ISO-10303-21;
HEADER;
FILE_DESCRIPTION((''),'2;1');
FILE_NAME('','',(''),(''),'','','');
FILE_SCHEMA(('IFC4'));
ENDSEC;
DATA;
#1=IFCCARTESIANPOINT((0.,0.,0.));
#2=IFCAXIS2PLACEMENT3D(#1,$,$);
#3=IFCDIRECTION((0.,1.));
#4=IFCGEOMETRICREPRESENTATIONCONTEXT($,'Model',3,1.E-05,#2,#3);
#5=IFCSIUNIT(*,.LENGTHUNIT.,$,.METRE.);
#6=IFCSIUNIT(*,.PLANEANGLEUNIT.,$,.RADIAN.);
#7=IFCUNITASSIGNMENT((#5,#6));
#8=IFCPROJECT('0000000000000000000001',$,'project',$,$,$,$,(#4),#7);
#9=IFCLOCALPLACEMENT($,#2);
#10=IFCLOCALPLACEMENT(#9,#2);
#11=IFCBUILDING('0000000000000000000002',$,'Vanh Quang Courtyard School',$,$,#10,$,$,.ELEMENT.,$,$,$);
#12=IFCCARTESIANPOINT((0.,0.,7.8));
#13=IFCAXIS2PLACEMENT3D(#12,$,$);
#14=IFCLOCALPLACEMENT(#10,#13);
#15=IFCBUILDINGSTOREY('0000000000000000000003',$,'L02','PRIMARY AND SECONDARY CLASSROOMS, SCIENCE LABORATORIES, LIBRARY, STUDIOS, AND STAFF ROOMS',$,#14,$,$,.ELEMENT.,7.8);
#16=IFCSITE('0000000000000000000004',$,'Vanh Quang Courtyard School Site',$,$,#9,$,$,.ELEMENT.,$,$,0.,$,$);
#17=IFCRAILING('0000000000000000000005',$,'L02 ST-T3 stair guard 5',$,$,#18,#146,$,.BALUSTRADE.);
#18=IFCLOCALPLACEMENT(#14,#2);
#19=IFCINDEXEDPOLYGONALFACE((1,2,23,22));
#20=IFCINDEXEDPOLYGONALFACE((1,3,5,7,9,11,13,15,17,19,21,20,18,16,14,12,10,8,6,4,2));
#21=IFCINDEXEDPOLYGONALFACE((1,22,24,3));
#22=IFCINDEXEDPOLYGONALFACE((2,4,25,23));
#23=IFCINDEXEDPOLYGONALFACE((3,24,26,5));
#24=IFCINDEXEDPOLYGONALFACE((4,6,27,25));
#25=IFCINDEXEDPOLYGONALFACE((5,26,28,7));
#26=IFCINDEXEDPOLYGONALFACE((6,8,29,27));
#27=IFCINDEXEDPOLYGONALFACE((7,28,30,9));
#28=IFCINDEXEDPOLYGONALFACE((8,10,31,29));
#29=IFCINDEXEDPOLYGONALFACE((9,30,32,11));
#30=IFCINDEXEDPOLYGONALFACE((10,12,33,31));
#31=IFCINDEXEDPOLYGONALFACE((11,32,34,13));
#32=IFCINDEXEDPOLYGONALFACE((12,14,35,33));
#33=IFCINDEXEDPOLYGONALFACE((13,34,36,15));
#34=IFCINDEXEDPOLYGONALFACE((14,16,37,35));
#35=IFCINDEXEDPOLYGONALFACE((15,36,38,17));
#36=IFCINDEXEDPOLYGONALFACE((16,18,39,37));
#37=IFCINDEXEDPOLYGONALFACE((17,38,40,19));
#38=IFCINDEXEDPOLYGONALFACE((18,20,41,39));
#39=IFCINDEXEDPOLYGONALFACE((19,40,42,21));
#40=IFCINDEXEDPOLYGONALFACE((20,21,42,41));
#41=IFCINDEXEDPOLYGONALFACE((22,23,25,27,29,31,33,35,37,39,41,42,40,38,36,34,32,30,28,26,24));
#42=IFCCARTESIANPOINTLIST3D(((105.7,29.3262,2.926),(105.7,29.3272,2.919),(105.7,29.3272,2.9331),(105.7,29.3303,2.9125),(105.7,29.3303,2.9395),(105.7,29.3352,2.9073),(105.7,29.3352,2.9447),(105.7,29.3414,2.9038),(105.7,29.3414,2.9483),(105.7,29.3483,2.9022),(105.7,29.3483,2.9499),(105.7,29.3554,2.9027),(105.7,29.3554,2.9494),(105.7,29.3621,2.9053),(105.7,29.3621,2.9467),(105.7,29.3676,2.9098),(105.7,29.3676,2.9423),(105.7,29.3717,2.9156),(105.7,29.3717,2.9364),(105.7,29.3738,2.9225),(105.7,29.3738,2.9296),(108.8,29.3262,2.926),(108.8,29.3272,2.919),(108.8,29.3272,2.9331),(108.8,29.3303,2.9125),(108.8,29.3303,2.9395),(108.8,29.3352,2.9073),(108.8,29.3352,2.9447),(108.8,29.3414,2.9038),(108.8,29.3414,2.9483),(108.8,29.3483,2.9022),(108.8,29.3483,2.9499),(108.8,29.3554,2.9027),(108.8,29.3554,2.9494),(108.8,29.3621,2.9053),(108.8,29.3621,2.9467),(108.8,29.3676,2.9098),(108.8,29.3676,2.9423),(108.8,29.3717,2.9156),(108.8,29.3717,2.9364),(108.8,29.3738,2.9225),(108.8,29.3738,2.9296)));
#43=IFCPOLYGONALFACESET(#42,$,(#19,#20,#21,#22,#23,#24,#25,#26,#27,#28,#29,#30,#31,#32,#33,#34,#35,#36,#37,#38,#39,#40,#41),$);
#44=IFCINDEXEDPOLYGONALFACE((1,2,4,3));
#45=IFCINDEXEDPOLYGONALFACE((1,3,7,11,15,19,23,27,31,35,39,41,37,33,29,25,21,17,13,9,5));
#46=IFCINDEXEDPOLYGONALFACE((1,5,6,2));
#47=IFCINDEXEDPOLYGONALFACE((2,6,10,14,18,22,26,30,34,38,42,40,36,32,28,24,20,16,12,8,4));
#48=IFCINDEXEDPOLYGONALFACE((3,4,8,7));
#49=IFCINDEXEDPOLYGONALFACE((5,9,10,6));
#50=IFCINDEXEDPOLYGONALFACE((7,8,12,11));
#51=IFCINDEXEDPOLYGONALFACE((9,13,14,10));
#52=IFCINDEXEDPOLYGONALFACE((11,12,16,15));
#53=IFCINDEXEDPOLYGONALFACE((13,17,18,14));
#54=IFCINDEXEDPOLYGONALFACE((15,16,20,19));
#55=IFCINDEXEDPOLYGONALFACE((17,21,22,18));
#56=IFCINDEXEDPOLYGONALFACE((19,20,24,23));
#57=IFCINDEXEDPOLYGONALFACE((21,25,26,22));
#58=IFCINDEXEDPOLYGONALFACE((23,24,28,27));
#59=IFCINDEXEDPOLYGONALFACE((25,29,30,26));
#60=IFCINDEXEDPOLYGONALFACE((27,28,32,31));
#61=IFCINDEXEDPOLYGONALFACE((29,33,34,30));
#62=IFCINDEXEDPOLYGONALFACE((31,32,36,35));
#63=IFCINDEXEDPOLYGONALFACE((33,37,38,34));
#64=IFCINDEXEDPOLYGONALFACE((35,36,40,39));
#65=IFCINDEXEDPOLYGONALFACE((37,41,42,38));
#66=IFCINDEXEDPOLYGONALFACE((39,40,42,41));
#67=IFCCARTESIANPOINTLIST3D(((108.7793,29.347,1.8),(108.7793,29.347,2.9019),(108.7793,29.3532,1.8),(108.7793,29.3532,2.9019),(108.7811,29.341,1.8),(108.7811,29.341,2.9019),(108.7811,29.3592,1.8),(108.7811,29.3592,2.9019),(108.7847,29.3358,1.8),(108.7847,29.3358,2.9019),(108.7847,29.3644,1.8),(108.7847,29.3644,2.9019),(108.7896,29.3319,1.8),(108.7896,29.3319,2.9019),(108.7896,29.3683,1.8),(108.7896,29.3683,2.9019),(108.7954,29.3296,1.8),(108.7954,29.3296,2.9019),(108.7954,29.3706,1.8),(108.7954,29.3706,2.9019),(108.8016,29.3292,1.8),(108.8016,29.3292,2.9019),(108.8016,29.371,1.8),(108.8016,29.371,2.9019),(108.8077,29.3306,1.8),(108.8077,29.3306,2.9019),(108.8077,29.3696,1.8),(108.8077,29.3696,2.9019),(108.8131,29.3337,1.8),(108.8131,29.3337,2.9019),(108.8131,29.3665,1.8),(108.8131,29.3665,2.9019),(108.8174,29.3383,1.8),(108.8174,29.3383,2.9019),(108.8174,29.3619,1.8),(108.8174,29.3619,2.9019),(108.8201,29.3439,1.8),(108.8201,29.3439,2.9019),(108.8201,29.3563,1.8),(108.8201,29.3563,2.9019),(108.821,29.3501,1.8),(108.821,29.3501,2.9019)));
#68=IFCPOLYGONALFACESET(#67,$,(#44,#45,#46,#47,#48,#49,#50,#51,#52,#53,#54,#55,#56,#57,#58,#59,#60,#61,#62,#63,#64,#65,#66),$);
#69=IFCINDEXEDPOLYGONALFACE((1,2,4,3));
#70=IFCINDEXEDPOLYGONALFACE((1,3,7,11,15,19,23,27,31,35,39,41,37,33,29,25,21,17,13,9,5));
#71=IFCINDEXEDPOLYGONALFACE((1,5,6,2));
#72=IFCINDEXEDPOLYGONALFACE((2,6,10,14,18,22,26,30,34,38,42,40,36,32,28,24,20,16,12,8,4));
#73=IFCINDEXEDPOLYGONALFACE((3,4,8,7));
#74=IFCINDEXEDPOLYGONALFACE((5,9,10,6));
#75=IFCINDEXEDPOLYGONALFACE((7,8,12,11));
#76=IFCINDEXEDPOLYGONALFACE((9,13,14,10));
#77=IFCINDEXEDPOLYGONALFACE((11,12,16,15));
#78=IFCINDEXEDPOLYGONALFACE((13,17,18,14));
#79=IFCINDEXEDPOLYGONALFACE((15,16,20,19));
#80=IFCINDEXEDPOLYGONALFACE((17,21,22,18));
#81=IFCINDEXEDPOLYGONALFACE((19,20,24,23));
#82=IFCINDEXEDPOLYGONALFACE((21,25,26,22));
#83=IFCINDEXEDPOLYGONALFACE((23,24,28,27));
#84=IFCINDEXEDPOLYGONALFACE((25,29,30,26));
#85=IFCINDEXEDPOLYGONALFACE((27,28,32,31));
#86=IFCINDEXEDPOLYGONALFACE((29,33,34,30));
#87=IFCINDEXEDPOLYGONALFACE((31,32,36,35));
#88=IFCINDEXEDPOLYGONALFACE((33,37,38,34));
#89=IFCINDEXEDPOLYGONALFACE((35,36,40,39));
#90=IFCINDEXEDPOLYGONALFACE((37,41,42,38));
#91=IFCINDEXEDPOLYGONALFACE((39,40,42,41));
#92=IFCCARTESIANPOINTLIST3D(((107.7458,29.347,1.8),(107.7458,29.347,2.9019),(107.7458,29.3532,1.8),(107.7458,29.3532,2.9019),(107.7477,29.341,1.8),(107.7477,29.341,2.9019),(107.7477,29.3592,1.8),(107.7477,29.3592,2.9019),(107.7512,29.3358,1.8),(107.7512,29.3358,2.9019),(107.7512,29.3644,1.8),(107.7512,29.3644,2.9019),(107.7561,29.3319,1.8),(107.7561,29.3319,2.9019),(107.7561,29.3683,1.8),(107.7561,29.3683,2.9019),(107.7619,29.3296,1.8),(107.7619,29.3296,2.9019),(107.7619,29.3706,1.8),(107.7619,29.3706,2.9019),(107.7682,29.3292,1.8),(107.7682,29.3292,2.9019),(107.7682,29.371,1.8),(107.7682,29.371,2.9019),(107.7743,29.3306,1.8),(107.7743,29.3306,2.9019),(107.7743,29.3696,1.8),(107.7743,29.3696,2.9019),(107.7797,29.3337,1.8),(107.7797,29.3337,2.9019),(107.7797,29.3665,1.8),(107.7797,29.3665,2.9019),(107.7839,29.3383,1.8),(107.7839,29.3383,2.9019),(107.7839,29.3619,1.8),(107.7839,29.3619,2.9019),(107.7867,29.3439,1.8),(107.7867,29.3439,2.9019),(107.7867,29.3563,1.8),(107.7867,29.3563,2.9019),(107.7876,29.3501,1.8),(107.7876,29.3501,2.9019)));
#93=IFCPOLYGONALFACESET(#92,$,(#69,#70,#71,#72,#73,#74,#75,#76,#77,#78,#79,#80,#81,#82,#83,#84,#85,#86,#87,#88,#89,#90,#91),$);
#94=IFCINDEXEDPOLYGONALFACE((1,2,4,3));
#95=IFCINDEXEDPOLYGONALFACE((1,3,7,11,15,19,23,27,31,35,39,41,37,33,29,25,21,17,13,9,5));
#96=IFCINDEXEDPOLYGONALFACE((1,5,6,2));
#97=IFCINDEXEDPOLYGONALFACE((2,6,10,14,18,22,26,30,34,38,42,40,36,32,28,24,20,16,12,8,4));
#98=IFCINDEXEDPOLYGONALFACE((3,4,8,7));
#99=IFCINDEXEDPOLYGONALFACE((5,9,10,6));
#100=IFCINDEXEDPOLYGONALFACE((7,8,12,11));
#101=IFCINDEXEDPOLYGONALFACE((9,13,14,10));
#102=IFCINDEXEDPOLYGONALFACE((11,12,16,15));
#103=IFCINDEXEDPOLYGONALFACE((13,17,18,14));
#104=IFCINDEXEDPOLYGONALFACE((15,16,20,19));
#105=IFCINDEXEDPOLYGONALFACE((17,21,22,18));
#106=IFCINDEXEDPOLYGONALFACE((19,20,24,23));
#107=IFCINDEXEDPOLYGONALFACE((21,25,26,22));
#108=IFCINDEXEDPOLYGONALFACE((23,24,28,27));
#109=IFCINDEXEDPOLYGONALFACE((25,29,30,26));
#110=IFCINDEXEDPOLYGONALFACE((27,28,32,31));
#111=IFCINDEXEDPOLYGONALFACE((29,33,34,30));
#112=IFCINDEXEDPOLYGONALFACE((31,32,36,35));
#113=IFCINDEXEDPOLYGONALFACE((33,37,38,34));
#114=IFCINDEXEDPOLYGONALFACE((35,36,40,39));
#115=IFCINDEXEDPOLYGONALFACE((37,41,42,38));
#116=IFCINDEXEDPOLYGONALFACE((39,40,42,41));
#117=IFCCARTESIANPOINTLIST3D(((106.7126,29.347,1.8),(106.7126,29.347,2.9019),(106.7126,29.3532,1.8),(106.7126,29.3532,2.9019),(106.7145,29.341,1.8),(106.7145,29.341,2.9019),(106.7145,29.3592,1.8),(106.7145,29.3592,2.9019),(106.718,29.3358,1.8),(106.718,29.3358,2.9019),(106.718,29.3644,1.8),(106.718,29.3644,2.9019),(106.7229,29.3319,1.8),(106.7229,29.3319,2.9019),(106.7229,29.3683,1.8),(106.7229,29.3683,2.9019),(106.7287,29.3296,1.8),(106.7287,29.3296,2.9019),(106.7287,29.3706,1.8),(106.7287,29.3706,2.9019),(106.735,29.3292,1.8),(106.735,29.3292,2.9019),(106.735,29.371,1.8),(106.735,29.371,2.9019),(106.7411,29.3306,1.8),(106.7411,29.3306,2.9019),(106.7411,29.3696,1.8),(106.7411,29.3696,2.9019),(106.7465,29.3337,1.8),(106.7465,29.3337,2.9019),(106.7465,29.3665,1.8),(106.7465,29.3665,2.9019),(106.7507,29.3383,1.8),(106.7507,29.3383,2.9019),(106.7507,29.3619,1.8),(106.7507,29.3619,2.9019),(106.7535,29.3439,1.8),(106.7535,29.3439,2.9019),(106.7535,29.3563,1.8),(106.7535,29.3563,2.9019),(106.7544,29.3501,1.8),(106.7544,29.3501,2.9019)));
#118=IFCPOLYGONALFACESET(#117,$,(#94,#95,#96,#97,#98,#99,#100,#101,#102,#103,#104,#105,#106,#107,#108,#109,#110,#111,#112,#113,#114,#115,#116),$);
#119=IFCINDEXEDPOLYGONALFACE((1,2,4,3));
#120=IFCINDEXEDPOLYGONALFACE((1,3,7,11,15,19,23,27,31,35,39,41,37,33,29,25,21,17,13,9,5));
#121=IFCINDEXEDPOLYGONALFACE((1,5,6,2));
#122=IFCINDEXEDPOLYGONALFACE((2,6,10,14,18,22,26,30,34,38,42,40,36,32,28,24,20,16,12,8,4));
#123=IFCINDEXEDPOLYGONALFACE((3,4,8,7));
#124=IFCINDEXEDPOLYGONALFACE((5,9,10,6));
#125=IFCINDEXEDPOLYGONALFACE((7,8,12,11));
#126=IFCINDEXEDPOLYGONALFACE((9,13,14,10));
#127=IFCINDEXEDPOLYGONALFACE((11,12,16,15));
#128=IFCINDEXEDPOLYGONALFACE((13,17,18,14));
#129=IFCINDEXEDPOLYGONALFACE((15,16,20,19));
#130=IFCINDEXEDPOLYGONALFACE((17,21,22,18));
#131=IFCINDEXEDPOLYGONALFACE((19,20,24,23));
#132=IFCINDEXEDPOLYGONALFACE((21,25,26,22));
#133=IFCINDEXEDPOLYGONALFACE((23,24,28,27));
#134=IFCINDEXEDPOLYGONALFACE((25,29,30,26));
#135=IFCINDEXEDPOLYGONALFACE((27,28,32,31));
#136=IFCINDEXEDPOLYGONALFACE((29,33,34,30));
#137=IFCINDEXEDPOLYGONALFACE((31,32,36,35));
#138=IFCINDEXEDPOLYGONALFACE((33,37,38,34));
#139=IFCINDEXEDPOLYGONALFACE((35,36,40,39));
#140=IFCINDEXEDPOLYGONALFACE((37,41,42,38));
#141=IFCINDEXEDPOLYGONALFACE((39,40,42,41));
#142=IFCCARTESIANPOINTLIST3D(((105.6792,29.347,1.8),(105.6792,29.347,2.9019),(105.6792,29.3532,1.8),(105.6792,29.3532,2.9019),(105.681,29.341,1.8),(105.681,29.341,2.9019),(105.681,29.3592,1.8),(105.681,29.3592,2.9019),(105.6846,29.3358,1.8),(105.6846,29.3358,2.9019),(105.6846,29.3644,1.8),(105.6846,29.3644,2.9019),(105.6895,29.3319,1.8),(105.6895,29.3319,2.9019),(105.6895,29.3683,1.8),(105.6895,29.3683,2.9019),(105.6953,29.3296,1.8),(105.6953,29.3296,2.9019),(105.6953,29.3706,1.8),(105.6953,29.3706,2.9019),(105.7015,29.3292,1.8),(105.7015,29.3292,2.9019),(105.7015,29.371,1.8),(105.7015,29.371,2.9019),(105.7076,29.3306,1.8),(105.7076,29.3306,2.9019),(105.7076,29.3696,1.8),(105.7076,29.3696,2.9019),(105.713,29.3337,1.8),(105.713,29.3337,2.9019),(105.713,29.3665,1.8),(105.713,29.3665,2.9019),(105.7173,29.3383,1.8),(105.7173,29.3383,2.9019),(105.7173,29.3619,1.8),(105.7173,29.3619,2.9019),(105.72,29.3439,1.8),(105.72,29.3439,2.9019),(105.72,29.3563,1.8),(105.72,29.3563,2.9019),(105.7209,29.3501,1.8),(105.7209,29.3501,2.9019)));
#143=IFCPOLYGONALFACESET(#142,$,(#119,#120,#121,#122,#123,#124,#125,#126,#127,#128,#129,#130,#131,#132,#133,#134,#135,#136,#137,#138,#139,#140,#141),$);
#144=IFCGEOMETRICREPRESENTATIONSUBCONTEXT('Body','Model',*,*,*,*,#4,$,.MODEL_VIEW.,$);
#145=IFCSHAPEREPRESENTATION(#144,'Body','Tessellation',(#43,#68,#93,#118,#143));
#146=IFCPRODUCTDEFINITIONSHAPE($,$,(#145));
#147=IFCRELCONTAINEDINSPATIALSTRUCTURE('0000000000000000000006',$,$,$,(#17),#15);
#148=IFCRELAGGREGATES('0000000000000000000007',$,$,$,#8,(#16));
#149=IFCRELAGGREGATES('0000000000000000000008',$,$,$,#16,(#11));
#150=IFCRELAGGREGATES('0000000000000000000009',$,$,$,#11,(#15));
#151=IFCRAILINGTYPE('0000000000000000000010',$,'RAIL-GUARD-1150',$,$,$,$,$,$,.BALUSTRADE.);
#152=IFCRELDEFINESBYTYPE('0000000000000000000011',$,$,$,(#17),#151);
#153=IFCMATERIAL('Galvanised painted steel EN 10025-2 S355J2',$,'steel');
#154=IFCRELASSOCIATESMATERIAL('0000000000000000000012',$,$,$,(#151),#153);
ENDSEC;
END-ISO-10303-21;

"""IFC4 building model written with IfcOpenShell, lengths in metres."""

from ifc_helpers import new_model, si_unit, direction, frame, origin, origin_2d, place, context, subcontext, project, spatial, circle, extrude, material, type_object, element, save


model = new_model("IFC4")

# Units and contexts
model_context = context("Model", 3, precision=1e-05, world=origin(), true_north=direction((0.0, 1.0)))
body_context = subcontext(model_context, "Body", "Model", "MODEL_VIEW")
ifc_project = project(units=[si_unit("LENGTHUNIT", "METRE"), si_unit("PLANEANGLEUNIT", "RADIAN")], contexts=[model_context])

# Site, building, storey
site_placement = place(None, origin())
site = spatial("IfcSite", under=ifc_project, at=site_placement, Name="Vanh Quang Courtyard School Site", CompositionType="ELEMENT", RefElevation=0.0)
building_placement = place(site_placement, origin())
building = spatial("IfcBuilding", under=site, at=building_placement, Name="Vanh Quang Courtyard School", CompositionType="ELEMENT")
storey_placement = place(building_placement, frame((0.0, 0.0, 7.8)))
storey = spatial("IfcBuildingStorey", under=building, at=storey_placement, Name="L02", Description="PRIMARY AND SECONDARY CLASSROOMS, SCIENCE LABORATORIES, LIBRARY, STUDIOS, AND STAFF ROOMS", CompositionType="ELEMENT", Elevation=7.8)

# Railing
ifc_material_1 = material(Name="Galvanised painted steel EN 10025-2 S355J2", Category="steel")
railing_type = type_object("IfcRailingType", Name="RAIL-GUARD-1150", PredefinedType="BALUSTRADE", material=ifc_material_1)
railing_1_placement = place(storey_placement, frame((108.8, 29.3501, 1.8)))
element("IfcRailing", 1, at=railing_1_placement, inside=storey, type_object=railing_type, Name="L02 ST-T3 stair guard 5", PredefinedType="BALUSTRADE", context=body_context, shape_type="SweptSolid", body=[
    extrude(circle(Radius=0.0239, at=origin_2d()), frame((0.0, 0.0, 1.126), z_axis=(-1.0, 0.0, 0.0), x_axis=(0.0, -1.0, 0.0)), (0.0, 0.0, 1.0), 3.1001),
    extrude(circle(Radius=0.021, at=origin_2d()), origin(), (0.0, 0.0, 1.0), 1.1018),
    extrude(circle(Radius=0.021, at=origin_2d()), frame((-1.0334, 0.0, 0.0)), (0.0, 0.0, 1.0), 1.1018),
    extrude(circle(Radius=0.021, at=origin_2d()), frame((-2.0667, 0.0, 0.0)), (0.0, 0.0, 1.0), 1.1018),
    extrude(circle(Radius=0.021, at=origin_2d()), frame((-3.1001, 0.0, 0.0)), (0.0, 0.0, 1.0), 1.1018),
])

save(model, "model.ifc")
